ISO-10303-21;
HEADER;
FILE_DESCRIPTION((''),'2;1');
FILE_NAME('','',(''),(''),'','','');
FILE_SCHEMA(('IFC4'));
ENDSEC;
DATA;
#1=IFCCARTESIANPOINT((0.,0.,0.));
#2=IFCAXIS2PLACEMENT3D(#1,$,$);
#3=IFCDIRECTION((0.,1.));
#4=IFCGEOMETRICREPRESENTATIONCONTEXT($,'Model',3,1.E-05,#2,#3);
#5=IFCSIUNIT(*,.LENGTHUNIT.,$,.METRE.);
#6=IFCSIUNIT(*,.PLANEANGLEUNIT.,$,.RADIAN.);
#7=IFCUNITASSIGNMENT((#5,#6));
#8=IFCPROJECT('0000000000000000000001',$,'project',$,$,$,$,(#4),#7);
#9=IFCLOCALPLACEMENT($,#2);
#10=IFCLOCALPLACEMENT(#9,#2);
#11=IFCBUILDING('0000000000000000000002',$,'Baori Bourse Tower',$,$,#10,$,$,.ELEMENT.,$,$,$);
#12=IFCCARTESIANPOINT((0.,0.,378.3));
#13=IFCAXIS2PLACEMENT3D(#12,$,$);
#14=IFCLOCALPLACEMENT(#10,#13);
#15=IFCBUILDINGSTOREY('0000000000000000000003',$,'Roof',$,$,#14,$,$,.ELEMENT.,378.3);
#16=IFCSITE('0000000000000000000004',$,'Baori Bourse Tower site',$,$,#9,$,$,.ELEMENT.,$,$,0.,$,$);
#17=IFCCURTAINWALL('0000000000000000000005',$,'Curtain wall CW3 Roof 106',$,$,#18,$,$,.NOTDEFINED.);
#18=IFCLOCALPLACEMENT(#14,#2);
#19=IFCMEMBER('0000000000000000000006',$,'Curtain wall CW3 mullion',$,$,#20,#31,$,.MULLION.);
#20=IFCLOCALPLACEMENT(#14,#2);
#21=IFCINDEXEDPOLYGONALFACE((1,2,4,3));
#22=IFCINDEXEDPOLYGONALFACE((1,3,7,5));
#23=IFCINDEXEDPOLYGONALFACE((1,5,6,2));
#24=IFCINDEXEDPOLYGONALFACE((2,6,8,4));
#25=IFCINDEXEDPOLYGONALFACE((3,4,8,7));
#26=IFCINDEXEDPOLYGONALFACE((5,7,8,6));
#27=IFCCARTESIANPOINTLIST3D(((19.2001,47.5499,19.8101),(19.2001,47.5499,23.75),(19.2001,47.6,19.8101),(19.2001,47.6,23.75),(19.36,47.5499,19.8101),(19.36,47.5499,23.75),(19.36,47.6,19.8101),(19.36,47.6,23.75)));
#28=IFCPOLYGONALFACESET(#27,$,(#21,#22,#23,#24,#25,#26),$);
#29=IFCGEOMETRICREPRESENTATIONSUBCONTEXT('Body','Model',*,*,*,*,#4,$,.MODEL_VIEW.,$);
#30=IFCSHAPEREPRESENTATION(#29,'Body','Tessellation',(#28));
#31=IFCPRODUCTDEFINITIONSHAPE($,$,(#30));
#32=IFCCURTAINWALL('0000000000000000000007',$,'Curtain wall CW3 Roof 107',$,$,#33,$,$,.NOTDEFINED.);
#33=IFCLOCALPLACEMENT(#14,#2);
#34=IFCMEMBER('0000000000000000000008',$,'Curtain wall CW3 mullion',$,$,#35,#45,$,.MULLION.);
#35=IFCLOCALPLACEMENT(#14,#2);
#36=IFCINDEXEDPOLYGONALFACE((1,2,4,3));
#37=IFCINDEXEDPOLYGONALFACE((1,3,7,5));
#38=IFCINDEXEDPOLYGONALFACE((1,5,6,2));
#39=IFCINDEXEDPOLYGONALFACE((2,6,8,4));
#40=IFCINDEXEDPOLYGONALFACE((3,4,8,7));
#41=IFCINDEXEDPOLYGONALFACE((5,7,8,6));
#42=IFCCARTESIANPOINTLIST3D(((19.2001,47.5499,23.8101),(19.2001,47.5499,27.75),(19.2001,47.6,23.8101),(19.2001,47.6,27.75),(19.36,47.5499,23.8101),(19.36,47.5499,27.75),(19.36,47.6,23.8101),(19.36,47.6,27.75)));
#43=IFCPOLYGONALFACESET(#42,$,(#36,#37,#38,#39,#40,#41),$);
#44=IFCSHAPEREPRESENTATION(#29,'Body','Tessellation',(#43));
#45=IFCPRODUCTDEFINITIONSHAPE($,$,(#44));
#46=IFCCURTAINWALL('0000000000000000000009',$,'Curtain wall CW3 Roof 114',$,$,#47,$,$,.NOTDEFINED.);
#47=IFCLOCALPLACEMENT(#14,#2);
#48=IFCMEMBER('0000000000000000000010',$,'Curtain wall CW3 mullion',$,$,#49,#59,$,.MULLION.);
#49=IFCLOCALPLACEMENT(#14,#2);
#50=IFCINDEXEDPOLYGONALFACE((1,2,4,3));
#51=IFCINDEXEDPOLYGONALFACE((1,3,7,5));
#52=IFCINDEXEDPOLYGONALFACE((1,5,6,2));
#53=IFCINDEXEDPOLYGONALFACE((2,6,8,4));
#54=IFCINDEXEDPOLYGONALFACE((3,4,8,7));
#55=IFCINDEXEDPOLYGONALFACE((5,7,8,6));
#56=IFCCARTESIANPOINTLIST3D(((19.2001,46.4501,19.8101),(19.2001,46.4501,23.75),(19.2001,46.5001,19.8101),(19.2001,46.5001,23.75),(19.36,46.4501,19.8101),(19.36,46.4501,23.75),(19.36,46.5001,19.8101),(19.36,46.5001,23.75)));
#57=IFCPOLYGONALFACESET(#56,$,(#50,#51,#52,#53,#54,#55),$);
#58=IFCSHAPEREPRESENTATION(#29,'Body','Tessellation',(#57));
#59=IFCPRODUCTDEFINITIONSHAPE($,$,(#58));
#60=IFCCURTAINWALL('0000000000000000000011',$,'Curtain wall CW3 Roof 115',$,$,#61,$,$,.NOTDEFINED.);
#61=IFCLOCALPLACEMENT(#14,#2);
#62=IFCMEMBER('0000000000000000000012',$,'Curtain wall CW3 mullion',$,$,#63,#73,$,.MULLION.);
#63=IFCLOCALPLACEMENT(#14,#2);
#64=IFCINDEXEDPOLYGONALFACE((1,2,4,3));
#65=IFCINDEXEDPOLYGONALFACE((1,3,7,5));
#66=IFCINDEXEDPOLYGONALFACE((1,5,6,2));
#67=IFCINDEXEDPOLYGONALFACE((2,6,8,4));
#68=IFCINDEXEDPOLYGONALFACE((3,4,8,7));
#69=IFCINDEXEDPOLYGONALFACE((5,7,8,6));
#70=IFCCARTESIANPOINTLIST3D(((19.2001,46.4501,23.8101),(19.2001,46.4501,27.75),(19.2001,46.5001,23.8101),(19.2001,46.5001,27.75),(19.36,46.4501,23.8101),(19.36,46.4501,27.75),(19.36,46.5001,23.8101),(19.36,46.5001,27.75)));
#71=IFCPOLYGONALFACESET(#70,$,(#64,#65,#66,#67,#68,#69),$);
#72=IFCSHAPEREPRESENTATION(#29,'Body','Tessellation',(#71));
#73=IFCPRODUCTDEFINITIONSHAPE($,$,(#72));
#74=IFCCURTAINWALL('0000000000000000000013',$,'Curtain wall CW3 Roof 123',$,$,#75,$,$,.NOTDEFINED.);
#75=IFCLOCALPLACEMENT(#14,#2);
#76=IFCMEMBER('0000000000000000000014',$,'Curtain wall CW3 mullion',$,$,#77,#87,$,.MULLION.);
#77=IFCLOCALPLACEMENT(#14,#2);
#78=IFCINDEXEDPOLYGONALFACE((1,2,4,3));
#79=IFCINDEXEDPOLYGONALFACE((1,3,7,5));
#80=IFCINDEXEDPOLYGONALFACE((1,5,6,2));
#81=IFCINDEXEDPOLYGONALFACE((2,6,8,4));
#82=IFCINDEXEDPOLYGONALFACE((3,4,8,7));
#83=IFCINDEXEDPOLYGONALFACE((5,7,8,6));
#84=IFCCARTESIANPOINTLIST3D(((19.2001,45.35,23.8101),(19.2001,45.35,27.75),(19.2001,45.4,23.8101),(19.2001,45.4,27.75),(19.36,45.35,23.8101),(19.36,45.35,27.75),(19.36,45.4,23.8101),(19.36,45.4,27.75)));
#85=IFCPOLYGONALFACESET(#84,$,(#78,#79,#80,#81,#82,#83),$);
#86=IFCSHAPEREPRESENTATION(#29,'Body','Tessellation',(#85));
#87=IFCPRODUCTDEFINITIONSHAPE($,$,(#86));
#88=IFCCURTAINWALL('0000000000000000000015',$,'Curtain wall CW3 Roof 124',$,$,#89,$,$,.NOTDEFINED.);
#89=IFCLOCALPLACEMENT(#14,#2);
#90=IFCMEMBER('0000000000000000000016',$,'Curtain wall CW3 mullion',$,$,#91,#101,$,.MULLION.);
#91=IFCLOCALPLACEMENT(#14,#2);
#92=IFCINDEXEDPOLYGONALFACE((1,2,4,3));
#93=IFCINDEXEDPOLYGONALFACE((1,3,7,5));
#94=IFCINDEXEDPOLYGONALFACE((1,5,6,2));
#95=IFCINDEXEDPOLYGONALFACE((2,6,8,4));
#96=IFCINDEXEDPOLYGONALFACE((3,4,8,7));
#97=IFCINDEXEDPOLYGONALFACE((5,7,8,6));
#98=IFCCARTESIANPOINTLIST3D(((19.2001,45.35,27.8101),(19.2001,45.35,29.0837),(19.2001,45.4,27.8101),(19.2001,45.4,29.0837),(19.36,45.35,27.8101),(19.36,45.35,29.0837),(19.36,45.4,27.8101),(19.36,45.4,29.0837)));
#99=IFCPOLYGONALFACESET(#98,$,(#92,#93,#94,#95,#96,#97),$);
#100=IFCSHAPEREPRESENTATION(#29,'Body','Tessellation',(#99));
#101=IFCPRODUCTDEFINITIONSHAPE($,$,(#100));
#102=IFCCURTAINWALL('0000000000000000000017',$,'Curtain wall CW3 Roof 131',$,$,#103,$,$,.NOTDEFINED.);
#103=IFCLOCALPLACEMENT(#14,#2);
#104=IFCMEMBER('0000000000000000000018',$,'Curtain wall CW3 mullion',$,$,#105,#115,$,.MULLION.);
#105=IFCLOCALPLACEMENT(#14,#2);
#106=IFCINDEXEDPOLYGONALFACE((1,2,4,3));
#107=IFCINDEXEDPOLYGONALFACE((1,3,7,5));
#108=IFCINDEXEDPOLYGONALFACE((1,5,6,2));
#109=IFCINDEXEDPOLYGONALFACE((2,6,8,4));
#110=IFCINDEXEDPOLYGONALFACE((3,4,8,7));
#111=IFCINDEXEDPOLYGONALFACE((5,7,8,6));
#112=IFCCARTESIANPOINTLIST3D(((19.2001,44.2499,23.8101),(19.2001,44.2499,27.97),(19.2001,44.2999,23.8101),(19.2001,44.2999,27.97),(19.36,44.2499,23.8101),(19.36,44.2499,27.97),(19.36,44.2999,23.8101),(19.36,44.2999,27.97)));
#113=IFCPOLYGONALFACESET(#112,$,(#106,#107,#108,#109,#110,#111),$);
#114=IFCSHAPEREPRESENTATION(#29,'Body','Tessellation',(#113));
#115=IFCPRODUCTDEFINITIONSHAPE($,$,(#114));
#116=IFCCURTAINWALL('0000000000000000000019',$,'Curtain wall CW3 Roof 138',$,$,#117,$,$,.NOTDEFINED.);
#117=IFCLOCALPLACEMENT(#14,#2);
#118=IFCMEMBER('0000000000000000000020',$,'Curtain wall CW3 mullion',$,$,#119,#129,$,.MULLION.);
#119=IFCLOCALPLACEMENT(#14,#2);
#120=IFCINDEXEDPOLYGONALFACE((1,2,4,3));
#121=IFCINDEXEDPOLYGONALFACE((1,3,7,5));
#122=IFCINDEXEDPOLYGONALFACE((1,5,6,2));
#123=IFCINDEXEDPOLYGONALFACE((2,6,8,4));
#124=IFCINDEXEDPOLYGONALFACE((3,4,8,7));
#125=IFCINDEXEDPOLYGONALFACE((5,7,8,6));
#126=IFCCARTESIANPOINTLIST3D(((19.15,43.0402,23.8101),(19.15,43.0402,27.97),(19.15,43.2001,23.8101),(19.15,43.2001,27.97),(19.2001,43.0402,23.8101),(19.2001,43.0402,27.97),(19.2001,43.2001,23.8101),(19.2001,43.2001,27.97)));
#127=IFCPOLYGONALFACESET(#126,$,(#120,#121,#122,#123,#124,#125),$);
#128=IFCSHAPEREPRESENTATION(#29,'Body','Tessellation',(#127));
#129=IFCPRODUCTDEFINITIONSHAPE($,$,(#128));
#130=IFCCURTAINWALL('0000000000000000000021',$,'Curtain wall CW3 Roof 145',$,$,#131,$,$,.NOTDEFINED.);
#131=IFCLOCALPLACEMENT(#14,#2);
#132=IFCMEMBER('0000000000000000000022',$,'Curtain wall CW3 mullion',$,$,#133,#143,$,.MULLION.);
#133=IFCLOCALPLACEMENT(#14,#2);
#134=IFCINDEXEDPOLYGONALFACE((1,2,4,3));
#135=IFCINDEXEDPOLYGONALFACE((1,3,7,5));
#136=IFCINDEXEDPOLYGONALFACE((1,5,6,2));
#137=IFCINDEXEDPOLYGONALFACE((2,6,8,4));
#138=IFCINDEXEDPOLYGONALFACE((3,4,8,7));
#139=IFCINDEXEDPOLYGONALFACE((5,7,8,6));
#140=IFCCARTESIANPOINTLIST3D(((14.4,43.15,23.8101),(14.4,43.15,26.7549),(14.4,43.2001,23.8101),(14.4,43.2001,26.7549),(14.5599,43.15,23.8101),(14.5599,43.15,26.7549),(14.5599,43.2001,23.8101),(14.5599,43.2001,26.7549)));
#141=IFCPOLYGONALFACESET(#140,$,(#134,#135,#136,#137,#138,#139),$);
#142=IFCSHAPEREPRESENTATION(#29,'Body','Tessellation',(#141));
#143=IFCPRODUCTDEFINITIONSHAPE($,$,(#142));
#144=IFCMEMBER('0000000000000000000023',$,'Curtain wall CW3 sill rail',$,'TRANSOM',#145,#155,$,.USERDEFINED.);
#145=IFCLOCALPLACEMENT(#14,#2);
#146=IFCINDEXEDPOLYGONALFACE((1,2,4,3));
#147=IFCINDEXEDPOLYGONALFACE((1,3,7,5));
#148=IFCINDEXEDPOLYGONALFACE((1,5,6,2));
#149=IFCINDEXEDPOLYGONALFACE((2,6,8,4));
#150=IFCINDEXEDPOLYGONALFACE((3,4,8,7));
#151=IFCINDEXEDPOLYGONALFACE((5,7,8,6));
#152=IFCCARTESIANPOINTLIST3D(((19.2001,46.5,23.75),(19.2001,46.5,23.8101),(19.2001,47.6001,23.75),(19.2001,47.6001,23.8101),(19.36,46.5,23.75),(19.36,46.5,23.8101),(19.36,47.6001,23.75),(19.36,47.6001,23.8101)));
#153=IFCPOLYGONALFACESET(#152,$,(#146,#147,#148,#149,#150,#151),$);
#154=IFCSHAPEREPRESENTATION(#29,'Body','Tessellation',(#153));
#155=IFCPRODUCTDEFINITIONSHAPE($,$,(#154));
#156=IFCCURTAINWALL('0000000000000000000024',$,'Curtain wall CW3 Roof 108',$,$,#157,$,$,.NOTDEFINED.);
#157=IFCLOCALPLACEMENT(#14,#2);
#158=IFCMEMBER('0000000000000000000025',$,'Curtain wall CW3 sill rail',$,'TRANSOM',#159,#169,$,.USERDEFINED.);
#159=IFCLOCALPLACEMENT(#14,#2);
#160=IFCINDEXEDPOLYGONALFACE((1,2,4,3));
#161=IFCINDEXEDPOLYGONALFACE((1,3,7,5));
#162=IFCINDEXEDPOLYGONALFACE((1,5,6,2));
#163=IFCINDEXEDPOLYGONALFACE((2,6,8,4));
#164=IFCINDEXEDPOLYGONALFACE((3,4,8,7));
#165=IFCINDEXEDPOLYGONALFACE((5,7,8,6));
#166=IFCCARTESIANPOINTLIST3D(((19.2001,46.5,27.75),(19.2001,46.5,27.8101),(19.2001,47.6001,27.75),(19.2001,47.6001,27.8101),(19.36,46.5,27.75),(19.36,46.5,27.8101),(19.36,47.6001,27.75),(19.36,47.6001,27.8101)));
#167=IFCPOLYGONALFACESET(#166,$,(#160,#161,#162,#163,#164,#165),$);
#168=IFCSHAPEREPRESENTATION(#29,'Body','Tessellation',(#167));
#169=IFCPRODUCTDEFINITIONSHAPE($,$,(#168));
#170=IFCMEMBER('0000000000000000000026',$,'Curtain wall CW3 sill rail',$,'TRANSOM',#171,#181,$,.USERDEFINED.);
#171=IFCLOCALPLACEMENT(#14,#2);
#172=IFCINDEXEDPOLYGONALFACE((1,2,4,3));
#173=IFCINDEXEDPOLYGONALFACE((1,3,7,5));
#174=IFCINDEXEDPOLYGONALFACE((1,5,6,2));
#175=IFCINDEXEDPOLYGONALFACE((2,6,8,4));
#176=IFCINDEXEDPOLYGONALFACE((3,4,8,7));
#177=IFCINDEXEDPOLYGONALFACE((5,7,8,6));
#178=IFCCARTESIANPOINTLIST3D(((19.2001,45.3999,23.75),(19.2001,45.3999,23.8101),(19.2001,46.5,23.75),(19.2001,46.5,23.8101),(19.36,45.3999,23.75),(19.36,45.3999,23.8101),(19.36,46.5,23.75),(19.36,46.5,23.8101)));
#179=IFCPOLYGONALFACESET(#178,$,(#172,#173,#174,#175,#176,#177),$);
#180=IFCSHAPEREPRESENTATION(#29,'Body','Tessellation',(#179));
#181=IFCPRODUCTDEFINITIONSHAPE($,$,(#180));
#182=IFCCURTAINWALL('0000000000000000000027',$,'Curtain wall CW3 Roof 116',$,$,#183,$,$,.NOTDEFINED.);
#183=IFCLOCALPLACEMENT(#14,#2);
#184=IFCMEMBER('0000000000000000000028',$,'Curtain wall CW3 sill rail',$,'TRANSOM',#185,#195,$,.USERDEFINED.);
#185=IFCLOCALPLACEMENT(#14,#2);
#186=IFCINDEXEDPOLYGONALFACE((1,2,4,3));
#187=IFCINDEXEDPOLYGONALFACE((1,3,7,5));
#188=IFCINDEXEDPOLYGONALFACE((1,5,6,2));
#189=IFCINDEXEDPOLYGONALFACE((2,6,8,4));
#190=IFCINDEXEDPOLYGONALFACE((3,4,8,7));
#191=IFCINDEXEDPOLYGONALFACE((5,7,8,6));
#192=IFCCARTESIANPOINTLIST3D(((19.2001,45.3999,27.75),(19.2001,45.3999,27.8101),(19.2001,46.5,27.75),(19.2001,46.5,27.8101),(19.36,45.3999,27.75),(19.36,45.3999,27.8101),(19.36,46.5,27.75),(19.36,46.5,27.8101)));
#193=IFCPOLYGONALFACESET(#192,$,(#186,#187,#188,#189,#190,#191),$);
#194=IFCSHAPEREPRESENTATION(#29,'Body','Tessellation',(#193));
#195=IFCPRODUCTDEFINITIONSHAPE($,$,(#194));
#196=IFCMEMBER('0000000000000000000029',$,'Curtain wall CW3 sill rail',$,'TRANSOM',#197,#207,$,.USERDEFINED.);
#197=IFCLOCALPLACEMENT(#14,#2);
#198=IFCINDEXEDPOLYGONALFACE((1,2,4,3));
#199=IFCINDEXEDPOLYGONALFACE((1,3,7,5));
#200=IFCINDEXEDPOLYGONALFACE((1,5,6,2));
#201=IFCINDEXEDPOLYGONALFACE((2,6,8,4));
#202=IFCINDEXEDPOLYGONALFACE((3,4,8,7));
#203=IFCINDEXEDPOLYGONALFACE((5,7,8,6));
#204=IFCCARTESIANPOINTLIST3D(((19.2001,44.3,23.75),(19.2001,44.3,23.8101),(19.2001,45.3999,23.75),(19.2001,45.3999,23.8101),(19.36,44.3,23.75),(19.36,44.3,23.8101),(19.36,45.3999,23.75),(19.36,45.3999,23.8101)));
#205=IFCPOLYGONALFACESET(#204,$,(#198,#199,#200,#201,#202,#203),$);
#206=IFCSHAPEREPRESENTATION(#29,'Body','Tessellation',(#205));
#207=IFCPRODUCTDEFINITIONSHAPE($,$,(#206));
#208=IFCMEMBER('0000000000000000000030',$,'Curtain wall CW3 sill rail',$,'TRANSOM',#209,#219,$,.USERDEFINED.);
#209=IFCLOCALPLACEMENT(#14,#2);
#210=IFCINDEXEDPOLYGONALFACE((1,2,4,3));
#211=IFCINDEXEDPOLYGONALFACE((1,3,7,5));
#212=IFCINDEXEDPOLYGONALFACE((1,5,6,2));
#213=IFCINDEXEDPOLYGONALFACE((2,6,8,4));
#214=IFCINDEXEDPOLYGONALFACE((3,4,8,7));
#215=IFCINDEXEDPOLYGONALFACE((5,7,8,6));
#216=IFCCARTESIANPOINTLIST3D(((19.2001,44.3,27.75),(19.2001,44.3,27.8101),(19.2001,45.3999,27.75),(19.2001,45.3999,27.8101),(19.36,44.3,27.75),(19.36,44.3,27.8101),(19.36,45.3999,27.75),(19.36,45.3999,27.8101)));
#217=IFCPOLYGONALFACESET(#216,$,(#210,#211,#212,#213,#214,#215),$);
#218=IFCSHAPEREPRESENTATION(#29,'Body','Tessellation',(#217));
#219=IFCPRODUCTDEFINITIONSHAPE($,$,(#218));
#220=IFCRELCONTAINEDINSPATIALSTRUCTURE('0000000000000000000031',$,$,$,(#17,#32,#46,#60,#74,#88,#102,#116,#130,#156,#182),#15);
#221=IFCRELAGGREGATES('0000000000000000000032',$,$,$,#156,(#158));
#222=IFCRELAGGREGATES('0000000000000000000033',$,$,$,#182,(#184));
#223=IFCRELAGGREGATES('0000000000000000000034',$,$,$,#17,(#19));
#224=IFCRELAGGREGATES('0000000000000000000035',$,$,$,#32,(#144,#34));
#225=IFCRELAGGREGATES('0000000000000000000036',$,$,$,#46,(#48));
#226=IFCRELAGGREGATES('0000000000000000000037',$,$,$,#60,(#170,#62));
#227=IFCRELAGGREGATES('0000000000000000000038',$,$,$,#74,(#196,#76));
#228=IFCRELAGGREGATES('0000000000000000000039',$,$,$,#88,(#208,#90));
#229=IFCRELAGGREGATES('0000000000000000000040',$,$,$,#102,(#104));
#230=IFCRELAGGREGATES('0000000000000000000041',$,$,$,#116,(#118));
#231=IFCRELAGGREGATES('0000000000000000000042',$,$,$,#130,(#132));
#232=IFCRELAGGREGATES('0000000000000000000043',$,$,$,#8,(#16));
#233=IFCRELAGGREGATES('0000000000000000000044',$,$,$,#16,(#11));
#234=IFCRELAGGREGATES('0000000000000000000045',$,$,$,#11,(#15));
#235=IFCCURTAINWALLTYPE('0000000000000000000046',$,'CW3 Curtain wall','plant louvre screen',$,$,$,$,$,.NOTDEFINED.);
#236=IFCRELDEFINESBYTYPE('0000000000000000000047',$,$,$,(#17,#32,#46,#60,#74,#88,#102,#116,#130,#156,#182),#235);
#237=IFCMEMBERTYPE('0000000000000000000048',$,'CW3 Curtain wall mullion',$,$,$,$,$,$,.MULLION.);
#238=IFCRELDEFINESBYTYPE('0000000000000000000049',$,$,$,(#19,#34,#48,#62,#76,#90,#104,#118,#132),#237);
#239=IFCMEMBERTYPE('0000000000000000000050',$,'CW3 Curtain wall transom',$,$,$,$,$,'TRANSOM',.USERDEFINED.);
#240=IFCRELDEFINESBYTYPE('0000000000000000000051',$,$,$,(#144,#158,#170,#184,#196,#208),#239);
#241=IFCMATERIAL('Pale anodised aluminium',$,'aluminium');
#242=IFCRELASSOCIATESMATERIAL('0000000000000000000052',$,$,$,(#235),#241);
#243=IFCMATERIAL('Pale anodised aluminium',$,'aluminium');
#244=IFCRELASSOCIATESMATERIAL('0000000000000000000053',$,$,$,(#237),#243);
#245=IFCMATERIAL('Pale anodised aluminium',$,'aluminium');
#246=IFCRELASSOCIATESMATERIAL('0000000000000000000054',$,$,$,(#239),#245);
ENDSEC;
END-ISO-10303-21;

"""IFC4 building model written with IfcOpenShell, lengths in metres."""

from ifc_helpers import new_model, si_unit, direction, frame, origin, origin_2d, place, context, subcontext, project, spatial, rectangle, extrude, material, material_profile, profile_set, type_object, element, aggregate, save


model = new_model("IFC4")

# Units and contexts
model_context = context("Model", 3, precision=1e-05, world=origin(), true_north=direction((0.0, 1.0)))
body_context = subcontext(model_context, "Body", "Model", "MODEL_VIEW")
ifc_project = project(units=[si_unit("LENGTHUNIT", "METRE"), si_unit("PLANEANGLEUNIT", "RADIAN")], contexts=[model_context])

# Site, building, storey
site_placement = place(None, origin())
site = spatial("IfcSite", under=ifc_project, at=site_placement, Name="Baori Bourse Tower site", CompositionType="ELEMENT", RefElevation=0.0)
building_placement = place(site_placement, origin())
building = spatial("IfcBuilding", under=site, at=building_placement, Name="Baori Bourse Tower", CompositionType="ELEMENT")
storey_placement = place(building_placement, frame((0.0, 0.0, 378.3)))
storey = spatial("IfcBuildingStorey", under=building, at=storey_placement, Name="Roof", CompositionType="ELEMENT", Elevation=378.3)

# Curtain walls, members
ifc_material_1 = material(Name="Pale anodised aluminium", Category="aluminium")
curtain_wall_type_1 = type_object("IfcCurtainWallType", Name="CW3 Curtain wall", Description="plant louvre screen", PredefinedType="NOTDEFINED", material=ifc_material_1)
curtain_wall_1_placement = place(storey_placement, origin())
curtain_wall_1 = element("IfcCurtainWall", 1, at=curtain_wall_1_placement, inside=storey, type_object=curtain_wall_type_1, Name="Curtain wall CW3 Roof 106", PredefinedType="NOTDEFINED")
ifc_material_2 = material(Name="Pale anodised aluminium", Category="aluminium")
ifc_material_profile_1 = material_profile(ifc_material_2, rectangle(XDim=0.1599, YDim=0.05, at=origin_2d()), Name="Mullion 50x160")
ifc_profile_set_1 = profile_set([ifc_material_profile_1], Name="Pale anodised aluminium")
member_type_1 = type_object("IfcMemberType", Name="CW3 Curtain wall mullion", PredefinedType="MULLION", material=ifc_profile_set_1)
member_1_placement = place(storey_placement, frame((19.28, 47.575, 19.8101), z_axis=(0.0, 0.0, 1.0), x_axis=(1.0, 0.0, 0.0)))
member_1 = element("IfcMember", 2, at=member_1_placement, type_object=member_type_1, Name="Curtain wall CW3 mullion", PredefinedType="MULLION", context=body_context, shape_type="SweptSolid", body=[
    extrude(rectangle(XDim=0.1599, YDim=0.05, at=origin_2d()), origin(), (0.0, 0.0, 1.0), 3.9399),
])
curtain_wall_2_placement = place(storey_placement, origin())
curtain_wall_2 = element("IfcCurtainWall", 3, at=curtain_wall_2_placement, inside=storey, type_object=curtain_wall_type_1, Name="Curtain wall CW3 Roof 107", PredefinedType="NOTDEFINED")
member_2_placement = place(storey_placement, frame((19.28, 47.575, 23.8101), z_axis=(0.0, 0.0, 1.0), x_axis=(1.0, 0.0, 0.0)))
member_2 = element("IfcMember", 4, at=member_2_placement, type_object=member_type_1, Name="Curtain wall CW3 mullion", PredefinedType="MULLION", context=body_context, shape_type="SweptSolid", body=[
    extrude(rectangle(XDim=0.1599, YDim=0.05, at=origin_2d()), origin(), (0.0, 0.0, 1.0), 3.9399),
])
curtain_wall_3_placement = place(storey_placement, origin())
curtain_wall_3 = element("IfcCurtainWall", 5, at=curtain_wall_3_placement, inside=storey, type_object=curtain_wall_type_1, Name="Curtain wall CW3 Roof 114", PredefinedType="NOTDEFINED")
member_3_placement = place(storey_placement, frame((19.28, 46.4751, 19.8101), z_axis=(0.0, 0.0, 1.0), x_axis=(1.0, 0.0, 0.0)))
member_3 = element("IfcMember", 6, at=member_3_placement, type_object=member_type_1, Name="Curtain wall CW3 mullion", PredefinedType="MULLION", context=body_context, shape_type="SweptSolid", body=[
    extrude(rectangle(XDim=0.1599, YDim=0.05, at=origin_2d()), origin(), (0.0, 0.0, 1.0), 3.9399),
])
curtain_wall_4_placement = place(storey_placement, origin())
curtain_wall_4 = element("IfcCurtainWall", 7, at=curtain_wall_4_placement, inside=storey, type_object=curtain_wall_type_1, Name="Curtain wall CW3 Roof 115", PredefinedType="NOTDEFINED")
member_4_placement = place(storey_placement, frame((19.28, 46.4751, 23.8101), z_axis=(0.0, 0.0, 1.0), x_axis=(1.0, 0.0, 0.0)))
member_4 = element("IfcMember", 8, at=member_4_placement, type_object=member_type_1, Name="Curtain wall CW3 mullion", PredefinedType="MULLION", context=body_context, shape_type="SweptSolid", body=[
    extrude(rectangle(XDim=0.1599, YDim=0.05, at=origin_2d()), origin(), (0.0, 0.0, 1.0), 3.9399),
])
curtain_wall_5_placement = place(storey_placement, origin())
curtain_wall_5 = element("IfcCurtainWall", 9, at=curtain_wall_5_placement, inside=storey, type_object=curtain_wall_type_1, Name="Curtain wall CW3 Roof 123", PredefinedType="NOTDEFINED")
member_5_placement = place(storey_placement, frame((19.28, 45.375, 23.8101), z_axis=(0.0, 0.0, 1.0), x_axis=(1.0, 0.0, 0.0)))
member_5 = element("IfcMember", 10, at=member_5_placement, type_object=member_type_1, Name="Curtain wall CW3 mullion", PredefinedType="MULLION", context=body_context, shape_type="SweptSolid", body=[
    extrude(rectangle(XDim=0.1599, YDim=0.05, at=origin_2d()), origin(), (0.0, 0.0, 1.0), 3.9399),
])
curtain_wall_6_placement = place(storey_placement, origin())
curtain_wall_6 = element("IfcCurtainWall", 11, at=curtain_wall_6_placement, inside=storey, type_object=curtain_wall_type_1, Name="Curtain wall CW3 Roof 124", PredefinedType="NOTDEFINED")
member_6_placement = place(storey_placement, frame((19.28, 45.375, 27.8101), z_axis=(0.0, 0.0, 1.0), x_axis=(1.0, 0.0, 0.0)))
member_6 = element("IfcMember", 12, at=member_6_placement, type_object=member_type_1, Name="Curtain wall CW3 mullion", PredefinedType="MULLION", context=body_context, shape_type="SweptSolid", body=[
    extrude(rectangle(XDim=0.1599, YDim=0.05, at=origin_2d()), origin(), (0.0, 0.0, 1.0), 1.2737),
])
curtain_wall_7_placement = place(storey_placement, origin())
curtain_wall_7 = element("IfcCurtainWall", 13, at=curtain_wall_7_placement, inside=storey, type_object=curtain_wall_type_1, Name="Curtain wall CW3 Roof 131", PredefinedType="NOTDEFINED")
member_7_placement = place(storey_placement, frame((19.28, 44.2749, 23.8101), z_axis=(0.0, 0.0, 1.0), x_axis=(1.0, 0.0, 0.0)))
member_7 = element("IfcMember", 14, at=member_7_placement, type_object=member_type_1, Name="Curtain wall CW3 mullion", PredefinedType="MULLION", context=body_context, shape_type="SweptSolid", body=[
    extrude(rectangle(XDim=0.1599, YDim=0.05, at=origin_2d()), origin(), (0.0, 0.0, 1.0), 4.1599),
])
curtain_wall_8_placement = place(storey_placement, origin())
curtain_wall_8 = element("IfcCurtainWall", 15, at=curtain_wall_8_placement, inside=storey, type_object=curtain_wall_type_1, Name="Curtain wall CW3 Roof 138", PredefinedType="NOTDEFINED")
member_8_placement = place(storey_placement, frame((19.175, 43.1201, 23.8101), z_axis=(0.0, 0.0, 1.0), x_axis=(0.0, -1.0, 0.0)))
member_8 = element("IfcMember", 16, at=member_8_placement, type_object=member_type_1, Name="Curtain wall CW3 mullion", PredefinedType="MULLION", context=body_context, shape_type="SweptSolid", body=[
    extrude(rectangle(XDim=0.1599, YDim=0.05, at=origin_2d()), origin(), (0.0, 0.0, 1.0), 4.1599),
])
curtain_wall_9_placement = place(storey_placement, origin())
curtain_wall_9 = element("IfcCurtainWall", 17, at=curtain_wall_9_placement, inside=storey, type_object=curtain_wall_type_1, Name="Curtain wall CW3 Roof 145", PredefinedType="NOTDEFINED")
member_9_placement = place(storey_placement, frame((14.48, 43.175, 23.8101), z_axis=(0.0, 0.0, 1.0), x_axis=(1.0, 0.0, 0.0)))
member_9 = element("IfcMember", 18, at=member_9_placement, type_object=member_type_1, Name="Curtain wall CW3 mullion", PredefinedType="MULLION", context=body_context, shape_type="SweptSolid", body=[
    extrude(rectangle(XDim=0.1599, YDim=0.05, at=origin_2d()), origin(), (0.0, 0.0, 1.0), 2.9448),
])

# Member
ifc_material_3 = material(Name="Pale anodised aluminium", Category="aluminium")
ifc_material_profile_2 = material_profile(ifc_material_3, rectangle(XDim=0.1599, YDim=0.0601, at=origin_2d()), Name="Transom 60x160")
ifc_profile_set_2 = profile_set([ifc_material_profile_2], Name="Pale anodised aluminium")
member_type_2 = type_object("IfcMemberType", Name="CW3 Curtain wall transom", ElementType="TRANSOM", PredefinedType="USERDEFINED", material=ifc_profile_set_2)
member_10_placement = place(storey_placement, frame((19.28, 47.6001, 23.78), z_axis=(0.0, -1.0, 0.0), x_axis=(1.0, 0.0, 0.0)))
member_10 = element("IfcMember", 19, at=member_10_placement, type_object=member_type_2, Name="Curtain wall CW3 sill rail", ObjectType="TRANSOM", PredefinedType="USERDEFINED", context=body_context, shape_type="SweptSolid", body=[
    extrude(rectangle(XDim=0.1599, YDim=0.0601, at=origin_2d()), origin(), (0.0, 0.0, 1.0), 1.1001),
])

# Curtain wall, member
curtain_wall_10_placement = place(storey_placement, origin())
curtain_wall_10 = element("IfcCurtainWall", 20, at=curtain_wall_10_placement, inside=storey, type_object=curtain_wall_type_1, Name="Curtain wall CW3 Roof 108", PredefinedType="NOTDEFINED")
member_11_placement = place(storey_placement, frame((19.28, 47.6001, 27.78), z_axis=(0.0, -1.0, 0.0), x_axis=(1.0, 0.0, 0.0)))
member_11 = element("IfcMember", 21, at=member_11_placement, type_object=member_type_2, Name="Curtain wall CW3 sill rail", ObjectType="TRANSOM", PredefinedType="USERDEFINED", context=body_context, shape_type="SweptSolid", body=[
    extrude(rectangle(XDim=0.1599, YDim=0.0601, at=origin_2d()), origin(), (0.0, 0.0, 1.0), 1.1001),
])
aggregate(curtain_wall_10, [member_11])

# Member
member_12_placement = place(storey_placement, frame((19.28, 46.5, 23.78), z_axis=(0.0, -1.0, 0.0), x_axis=(1.0, 0.0, 0.0)))
member_12 = element("IfcMember", 22, at=member_12_placement, type_object=member_type_2, Name="Curtain wall CW3 sill rail", ObjectType="TRANSOM", PredefinedType="USERDEFINED", context=body_context, shape_type="SweptSolid", body=[
    extrude(rectangle(XDim=0.1599, YDim=0.0601, at=origin_2d()), origin(), (0.0, 0.0, 1.0), 1.1001),
])

# Curtain wall, member
curtain_wall_11_placement = place(storey_placement, origin())
curtain_wall_11 = element("IfcCurtainWall", 23, at=curtain_wall_11_placement, inside=storey, type_object=curtain_wall_type_1, Name="Curtain wall CW3 Roof 116", PredefinedType="NOTDEFINED")
member_13_placement = place(storey_placement, frame((19.28, 46.5, 27.78), z_axis=(0.0, -1.0, 0.0), x_axis=(1.0, 0.0, 0.0)))
member_13 = element("IfcMember", 24, at=member_13_placement, type_object=member_type_2, Name="Curtain wall CW3 sill rail", ObjectType="TRANSOM", PredefinedType="USERDEFINED", context=body_context, shape_type="SweptSolid", body=[
    extrude(rectangle(XDim=0.1599, YDim=0.0601, at=origin_2d()), origin(), (0.0, 0.0, 1.0), 1.1001),
])
aggregate(curtain_wall_11, [member_13])

# Members
member_14_placement = place(storey_placement, frame((19.28, 45.3999, 23.78), z_axis=(0.0, -1.0, 0.0), x_axis=(1.0, 0.0, 0.0)))
member_14 = element("IfcMember", 25, at=member_14_placement, type_object=member_type_2, Name="Curtain wall CW3 sill rail", ObjectType="TRANSOM", PredefinedType="USERDEFINED", context=body_context, shape_type="SweptSolid", body=[
    extrude(rectangle(XDim=0.1599, YDim=0.0601, at=origin_2d()), origin(), (0.0, 0.0, 1.0), 1.0999),
])
member_15_placement = place(storey_placement, frame((19.28, 45.3999, 27.78), z_axis=(0.0, -1.0, 0.0), x_axis=(1.0, 0.0, 0.0)))
member_15 = element("IfcMember", 26, at=member_15_placement, type_object=member_type_2, Name="Curtain wall CW3 sill rail", ObjectType="TRANSOM", PredefinedType="USERDEFINED", context=body_context, shape_type="SweptSolid", body=[
    extrude(rectangle(XDim=0.1599, YDim=0.0601, at=origin_2d()), origin(), (0.0, 0.0, 1.0), 1.0999),
])

aggregate(curtain_wall_1, [member_1])
aggregate(curtain_wall_2, [member_10, member_2])
aggregate(curtain_wall_3, [member_3])
aggregate(curtain_wall_4, [member_12, member_4])
aggregate(curtain_wall_5, [member_14, member_5])
aggregate(curtain_wall_6, [member_15, member_6])
aggregate(curtain_wall_7, [member_7])
aggregate(curtain_wall_8, [member_8])
aggregate(curtain_wall_9, [member_9])

save(model, "model.ifc")
